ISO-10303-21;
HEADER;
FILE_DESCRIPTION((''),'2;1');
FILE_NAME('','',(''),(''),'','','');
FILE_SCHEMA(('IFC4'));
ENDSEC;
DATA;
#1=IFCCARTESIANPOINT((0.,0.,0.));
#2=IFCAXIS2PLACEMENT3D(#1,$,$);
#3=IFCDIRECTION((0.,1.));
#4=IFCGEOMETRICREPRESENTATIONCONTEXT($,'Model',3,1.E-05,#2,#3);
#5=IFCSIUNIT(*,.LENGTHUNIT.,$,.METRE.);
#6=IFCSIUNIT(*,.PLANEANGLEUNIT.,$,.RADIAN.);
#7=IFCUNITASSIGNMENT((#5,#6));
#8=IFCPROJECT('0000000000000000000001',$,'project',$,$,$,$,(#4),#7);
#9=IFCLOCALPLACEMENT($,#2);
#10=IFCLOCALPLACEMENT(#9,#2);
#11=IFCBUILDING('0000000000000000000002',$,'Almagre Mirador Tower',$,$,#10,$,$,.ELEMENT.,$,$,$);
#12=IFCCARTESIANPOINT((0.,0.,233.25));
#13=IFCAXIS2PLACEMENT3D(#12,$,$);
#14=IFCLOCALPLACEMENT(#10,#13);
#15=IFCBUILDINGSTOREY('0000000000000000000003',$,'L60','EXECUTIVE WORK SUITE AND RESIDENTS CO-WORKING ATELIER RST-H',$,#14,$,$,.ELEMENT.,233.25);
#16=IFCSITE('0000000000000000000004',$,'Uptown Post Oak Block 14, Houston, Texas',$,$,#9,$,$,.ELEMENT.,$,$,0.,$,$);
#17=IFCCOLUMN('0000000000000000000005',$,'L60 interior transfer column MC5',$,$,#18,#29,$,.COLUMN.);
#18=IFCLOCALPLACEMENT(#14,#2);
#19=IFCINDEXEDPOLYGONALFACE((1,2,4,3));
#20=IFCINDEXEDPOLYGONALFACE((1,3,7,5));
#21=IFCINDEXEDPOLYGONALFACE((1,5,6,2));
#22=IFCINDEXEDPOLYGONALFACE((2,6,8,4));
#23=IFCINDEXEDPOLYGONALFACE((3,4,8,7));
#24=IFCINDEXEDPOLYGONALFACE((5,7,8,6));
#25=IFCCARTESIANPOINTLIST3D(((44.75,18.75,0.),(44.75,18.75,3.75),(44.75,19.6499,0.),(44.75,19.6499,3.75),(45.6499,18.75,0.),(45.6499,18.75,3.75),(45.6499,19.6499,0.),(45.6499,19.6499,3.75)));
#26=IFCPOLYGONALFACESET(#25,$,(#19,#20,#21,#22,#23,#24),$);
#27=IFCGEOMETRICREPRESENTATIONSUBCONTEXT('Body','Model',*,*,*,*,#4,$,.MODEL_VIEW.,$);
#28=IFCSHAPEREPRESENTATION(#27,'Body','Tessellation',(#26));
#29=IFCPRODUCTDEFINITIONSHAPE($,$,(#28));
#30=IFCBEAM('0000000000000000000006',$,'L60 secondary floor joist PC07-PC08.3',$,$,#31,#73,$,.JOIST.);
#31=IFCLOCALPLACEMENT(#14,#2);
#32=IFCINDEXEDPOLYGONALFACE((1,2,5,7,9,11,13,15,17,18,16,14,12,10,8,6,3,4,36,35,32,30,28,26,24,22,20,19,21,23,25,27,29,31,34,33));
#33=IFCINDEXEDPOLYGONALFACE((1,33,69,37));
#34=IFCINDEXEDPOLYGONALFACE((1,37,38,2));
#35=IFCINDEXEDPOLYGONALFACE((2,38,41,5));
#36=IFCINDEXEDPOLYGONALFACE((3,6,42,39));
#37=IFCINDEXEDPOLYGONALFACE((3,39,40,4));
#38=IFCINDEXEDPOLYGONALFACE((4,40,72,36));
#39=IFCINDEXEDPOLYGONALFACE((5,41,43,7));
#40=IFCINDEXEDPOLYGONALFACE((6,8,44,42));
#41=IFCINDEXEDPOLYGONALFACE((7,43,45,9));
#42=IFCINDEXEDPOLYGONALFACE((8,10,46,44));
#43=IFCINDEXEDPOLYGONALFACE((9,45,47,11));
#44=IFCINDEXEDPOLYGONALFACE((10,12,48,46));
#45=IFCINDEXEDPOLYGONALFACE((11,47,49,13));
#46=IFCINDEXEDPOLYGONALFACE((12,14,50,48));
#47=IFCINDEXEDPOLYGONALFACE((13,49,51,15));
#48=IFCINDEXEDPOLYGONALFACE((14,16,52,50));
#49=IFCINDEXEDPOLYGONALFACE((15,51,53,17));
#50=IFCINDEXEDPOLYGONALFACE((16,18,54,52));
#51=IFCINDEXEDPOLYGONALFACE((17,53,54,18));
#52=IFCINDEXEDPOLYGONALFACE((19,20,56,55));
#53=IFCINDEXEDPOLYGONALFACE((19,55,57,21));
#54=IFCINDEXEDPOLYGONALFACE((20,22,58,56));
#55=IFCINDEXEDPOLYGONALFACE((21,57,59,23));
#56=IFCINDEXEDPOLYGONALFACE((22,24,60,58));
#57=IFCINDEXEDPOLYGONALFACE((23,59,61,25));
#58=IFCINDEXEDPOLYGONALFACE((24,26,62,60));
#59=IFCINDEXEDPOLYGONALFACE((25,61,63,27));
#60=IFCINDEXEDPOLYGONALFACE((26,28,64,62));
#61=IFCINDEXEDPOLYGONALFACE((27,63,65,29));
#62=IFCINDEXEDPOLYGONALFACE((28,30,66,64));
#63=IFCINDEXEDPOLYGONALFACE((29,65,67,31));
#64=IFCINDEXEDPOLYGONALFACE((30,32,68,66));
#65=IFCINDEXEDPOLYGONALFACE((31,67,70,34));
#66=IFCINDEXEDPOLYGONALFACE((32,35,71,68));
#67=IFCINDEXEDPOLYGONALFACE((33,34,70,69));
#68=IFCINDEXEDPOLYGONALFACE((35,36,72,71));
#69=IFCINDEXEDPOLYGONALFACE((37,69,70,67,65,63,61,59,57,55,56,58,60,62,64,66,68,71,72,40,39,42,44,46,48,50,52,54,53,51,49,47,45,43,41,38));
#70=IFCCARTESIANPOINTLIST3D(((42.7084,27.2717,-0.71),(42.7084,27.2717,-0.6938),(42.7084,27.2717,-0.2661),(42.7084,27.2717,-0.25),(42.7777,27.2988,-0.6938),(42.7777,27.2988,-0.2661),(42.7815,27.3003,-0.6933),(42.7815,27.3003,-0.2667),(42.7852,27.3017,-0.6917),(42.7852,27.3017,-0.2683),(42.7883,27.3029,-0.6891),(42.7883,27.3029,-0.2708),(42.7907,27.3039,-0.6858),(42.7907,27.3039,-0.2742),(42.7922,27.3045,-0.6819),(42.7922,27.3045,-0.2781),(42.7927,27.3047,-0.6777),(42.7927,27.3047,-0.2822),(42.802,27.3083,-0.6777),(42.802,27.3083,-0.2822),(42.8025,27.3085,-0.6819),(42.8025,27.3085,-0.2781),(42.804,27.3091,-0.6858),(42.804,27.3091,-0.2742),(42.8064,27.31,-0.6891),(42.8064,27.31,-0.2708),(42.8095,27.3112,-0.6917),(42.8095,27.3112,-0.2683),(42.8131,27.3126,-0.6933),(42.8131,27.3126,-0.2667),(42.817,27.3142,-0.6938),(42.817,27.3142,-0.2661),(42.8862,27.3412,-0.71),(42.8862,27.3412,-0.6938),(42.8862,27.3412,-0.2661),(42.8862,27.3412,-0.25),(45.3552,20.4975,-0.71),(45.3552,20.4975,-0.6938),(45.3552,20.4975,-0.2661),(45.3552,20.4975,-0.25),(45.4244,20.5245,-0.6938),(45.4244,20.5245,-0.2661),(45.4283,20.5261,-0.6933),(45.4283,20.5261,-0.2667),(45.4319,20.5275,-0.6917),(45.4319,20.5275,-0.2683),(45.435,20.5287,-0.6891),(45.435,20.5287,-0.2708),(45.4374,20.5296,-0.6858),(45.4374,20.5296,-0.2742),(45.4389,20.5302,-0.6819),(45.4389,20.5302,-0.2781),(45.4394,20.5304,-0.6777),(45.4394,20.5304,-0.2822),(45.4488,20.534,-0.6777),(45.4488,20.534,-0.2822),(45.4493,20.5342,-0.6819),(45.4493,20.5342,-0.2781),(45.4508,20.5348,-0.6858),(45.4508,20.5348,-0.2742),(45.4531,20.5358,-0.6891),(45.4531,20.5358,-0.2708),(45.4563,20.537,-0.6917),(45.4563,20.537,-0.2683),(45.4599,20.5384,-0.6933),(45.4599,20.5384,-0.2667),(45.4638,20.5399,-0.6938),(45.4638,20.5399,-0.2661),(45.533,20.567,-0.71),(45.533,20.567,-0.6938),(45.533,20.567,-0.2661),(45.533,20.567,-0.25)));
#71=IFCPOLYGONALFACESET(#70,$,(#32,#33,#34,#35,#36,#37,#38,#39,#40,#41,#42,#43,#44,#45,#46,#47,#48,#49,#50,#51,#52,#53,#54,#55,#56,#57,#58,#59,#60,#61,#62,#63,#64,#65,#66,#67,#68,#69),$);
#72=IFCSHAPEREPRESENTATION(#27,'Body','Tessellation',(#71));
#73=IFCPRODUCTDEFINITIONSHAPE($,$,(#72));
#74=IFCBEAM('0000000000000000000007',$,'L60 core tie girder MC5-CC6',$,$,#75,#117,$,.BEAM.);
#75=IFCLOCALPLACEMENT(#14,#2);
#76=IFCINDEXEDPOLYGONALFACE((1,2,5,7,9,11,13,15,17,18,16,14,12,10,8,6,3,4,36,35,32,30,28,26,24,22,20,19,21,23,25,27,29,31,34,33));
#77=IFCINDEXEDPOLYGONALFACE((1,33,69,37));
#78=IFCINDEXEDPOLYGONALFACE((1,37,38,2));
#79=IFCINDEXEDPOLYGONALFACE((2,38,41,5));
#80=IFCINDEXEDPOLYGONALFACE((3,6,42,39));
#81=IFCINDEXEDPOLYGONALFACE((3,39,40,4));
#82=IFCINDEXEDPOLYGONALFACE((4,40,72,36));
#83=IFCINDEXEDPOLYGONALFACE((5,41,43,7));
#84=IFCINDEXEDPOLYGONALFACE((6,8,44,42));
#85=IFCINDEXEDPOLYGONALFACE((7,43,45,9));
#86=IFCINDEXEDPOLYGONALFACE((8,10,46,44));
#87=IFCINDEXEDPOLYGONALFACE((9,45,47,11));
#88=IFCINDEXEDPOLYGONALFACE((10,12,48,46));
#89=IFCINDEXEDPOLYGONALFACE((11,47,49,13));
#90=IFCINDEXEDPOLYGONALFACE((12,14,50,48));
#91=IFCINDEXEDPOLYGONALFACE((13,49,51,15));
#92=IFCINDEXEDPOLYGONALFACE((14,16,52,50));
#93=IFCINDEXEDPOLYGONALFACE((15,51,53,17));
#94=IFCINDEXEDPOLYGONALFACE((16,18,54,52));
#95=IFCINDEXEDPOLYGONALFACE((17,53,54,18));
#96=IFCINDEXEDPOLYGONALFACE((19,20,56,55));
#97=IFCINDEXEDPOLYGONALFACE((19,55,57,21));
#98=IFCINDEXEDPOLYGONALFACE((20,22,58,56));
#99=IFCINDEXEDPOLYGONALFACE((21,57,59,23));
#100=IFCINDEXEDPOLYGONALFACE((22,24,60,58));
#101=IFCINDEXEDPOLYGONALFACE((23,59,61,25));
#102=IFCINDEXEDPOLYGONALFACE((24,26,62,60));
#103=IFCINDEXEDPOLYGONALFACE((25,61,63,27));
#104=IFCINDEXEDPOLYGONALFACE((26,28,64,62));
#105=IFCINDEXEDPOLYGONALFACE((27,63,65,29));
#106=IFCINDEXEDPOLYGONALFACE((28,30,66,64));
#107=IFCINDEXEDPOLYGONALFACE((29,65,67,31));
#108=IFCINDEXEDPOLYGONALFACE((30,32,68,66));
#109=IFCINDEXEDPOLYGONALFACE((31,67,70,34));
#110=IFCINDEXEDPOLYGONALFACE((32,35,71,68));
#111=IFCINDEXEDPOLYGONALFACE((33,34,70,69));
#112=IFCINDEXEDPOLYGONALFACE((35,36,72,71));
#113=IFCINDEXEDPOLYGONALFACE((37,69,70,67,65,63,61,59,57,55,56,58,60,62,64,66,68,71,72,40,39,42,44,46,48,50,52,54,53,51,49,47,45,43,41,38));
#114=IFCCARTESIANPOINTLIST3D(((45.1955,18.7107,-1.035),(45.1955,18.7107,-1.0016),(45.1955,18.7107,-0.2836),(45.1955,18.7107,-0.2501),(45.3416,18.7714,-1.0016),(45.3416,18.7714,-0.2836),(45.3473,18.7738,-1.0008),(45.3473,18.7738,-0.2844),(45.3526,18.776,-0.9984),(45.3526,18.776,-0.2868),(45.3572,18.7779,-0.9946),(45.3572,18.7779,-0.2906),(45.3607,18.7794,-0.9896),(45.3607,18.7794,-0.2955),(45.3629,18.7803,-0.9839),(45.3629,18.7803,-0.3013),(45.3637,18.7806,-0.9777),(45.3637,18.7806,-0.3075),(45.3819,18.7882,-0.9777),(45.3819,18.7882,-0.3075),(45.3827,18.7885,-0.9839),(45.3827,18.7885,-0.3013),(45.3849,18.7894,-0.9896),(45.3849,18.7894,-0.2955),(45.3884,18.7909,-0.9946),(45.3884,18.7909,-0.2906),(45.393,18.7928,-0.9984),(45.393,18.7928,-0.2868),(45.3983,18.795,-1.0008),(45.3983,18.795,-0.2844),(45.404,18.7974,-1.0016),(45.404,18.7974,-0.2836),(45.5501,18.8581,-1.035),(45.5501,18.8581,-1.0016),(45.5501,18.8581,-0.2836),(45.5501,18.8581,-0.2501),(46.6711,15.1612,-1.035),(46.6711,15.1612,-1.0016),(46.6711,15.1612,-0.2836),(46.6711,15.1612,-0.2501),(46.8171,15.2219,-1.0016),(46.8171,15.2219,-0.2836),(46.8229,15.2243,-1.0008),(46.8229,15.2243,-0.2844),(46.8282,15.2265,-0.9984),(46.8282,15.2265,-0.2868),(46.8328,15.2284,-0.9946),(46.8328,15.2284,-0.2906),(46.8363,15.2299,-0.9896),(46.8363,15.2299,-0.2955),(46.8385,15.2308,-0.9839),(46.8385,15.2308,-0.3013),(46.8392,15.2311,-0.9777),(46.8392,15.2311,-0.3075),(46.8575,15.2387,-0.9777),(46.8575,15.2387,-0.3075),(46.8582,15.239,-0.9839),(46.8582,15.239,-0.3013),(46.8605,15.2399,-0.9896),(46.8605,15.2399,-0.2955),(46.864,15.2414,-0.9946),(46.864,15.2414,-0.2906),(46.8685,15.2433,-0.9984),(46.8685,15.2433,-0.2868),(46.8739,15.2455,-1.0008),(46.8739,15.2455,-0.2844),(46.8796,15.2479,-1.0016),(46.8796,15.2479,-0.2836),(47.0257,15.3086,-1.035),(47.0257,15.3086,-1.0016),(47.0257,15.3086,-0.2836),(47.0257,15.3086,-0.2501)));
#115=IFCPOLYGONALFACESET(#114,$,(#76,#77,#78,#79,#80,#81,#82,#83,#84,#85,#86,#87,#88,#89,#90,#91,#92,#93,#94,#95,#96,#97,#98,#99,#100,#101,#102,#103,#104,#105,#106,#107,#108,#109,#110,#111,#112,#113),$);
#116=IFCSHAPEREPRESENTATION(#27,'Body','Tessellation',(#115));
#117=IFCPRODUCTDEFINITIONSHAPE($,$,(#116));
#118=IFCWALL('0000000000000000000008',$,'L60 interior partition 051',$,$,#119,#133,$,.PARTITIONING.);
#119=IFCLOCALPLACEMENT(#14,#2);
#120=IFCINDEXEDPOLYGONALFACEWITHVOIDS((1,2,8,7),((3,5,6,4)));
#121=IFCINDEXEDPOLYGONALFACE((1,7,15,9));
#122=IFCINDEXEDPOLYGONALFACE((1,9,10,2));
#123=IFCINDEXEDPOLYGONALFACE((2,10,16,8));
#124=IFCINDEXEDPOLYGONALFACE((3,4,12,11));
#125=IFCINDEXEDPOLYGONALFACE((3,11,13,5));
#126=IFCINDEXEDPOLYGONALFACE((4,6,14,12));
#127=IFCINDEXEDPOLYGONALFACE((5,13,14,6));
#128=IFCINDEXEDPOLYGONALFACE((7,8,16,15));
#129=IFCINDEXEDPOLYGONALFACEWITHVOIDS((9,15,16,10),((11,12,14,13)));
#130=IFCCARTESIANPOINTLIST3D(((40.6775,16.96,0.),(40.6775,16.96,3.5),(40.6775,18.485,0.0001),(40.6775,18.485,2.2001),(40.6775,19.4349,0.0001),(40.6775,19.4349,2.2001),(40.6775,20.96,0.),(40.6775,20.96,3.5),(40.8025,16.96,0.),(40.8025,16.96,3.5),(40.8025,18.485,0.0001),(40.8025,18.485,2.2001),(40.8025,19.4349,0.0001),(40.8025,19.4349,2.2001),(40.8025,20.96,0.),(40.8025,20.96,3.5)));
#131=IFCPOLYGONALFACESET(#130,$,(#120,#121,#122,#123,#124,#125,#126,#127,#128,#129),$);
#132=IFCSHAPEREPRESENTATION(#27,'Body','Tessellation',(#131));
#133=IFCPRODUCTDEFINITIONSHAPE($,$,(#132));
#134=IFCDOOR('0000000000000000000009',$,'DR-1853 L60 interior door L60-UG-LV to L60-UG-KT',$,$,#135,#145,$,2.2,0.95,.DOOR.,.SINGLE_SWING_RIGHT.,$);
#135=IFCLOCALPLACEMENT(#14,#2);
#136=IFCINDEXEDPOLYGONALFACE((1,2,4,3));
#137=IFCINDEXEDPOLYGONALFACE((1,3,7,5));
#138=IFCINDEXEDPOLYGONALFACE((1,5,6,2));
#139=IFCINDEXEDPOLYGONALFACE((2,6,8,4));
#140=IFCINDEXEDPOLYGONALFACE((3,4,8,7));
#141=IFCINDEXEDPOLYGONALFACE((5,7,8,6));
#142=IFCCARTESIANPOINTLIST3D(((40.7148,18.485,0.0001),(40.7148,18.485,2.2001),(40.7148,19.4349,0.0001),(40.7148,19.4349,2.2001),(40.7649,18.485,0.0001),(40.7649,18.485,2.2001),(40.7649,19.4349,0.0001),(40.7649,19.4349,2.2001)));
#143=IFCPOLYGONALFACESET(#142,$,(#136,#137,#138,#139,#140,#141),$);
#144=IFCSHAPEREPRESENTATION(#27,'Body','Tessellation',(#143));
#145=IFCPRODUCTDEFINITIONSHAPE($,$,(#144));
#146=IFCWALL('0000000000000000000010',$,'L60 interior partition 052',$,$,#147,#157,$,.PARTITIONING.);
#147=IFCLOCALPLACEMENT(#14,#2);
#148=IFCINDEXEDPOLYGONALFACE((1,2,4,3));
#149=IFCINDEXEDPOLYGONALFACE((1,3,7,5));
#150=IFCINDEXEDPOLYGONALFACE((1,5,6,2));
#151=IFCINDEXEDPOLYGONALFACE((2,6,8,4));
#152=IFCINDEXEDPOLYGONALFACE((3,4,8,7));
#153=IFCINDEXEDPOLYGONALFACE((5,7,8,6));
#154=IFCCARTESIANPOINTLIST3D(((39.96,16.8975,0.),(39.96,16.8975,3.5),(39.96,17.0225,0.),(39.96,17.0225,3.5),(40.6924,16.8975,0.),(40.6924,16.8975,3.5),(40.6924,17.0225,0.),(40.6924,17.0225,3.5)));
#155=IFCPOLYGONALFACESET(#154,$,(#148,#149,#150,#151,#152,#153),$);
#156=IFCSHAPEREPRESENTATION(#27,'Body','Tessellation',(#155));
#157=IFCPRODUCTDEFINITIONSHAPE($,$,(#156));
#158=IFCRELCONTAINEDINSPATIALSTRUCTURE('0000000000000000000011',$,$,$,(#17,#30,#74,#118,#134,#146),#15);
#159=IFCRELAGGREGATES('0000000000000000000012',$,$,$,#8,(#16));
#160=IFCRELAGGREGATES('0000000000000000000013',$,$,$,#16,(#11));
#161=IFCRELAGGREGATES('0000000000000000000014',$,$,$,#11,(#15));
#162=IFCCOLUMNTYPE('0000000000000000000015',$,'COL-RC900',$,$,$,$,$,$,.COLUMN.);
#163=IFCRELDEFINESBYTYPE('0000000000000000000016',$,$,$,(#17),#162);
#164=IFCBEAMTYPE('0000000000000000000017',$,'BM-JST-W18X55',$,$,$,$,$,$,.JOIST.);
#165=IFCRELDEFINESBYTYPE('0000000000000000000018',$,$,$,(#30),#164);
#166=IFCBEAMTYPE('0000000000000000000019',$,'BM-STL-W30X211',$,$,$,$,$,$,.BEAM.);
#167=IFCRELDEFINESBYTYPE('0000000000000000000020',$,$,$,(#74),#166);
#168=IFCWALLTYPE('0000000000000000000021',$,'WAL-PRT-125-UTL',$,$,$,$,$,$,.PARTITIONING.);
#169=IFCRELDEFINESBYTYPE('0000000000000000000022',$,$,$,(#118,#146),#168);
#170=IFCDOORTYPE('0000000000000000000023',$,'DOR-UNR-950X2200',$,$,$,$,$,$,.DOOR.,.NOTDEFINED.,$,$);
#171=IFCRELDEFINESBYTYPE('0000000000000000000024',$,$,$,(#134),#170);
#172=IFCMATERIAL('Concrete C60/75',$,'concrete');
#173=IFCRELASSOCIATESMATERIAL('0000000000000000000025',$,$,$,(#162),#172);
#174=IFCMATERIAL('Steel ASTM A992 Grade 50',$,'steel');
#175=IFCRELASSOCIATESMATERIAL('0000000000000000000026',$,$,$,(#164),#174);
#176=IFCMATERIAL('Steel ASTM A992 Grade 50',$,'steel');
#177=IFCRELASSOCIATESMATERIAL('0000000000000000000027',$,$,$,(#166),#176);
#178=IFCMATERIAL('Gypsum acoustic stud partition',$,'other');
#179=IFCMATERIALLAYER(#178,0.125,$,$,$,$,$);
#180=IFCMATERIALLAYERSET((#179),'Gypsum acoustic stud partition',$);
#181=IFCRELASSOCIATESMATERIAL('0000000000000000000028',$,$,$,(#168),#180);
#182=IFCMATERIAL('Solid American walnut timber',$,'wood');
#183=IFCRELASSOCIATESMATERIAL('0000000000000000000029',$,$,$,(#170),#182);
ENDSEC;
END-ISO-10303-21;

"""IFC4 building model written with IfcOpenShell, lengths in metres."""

from ifc_helpers import new_model, si_unit, direction, frame, frame_2d, origin, origin_2d, place, context, subcontext, project, spatial, rectangle, i_section, extrude, material, layer, layer_set, material_profile, profile_set, type_object, element, fill, save


model = new_model("IFC4")

# Units and contexts
model_context = context("Model", 3, precision=1e-05, world=origin(), true_north=direction((0.0, 1.0)))
body_context = subcontext(model_context, "Body", "Model", "MODEL_VIEW")
ifc_project = project(units=[si_unit("LENGTHUNIT", "METRE"), si_unit("PLANEANGLEUNIT", "RADIAN")], contexts=[model_context])

# Site, building, storey
site_placement = place(None, origin())
site = spatial("IfcSite", under=ifc_project, at=site_placement, Name="Uptown Post Oak Block 14, Houston, Texas", CompositionType="ELEMENT", RefElevation=0.0)
building_placement = place(site_placement, origin())
building = spatial("IfcBuilding", under=site, at=building_placement, Name="Almagre Mirador Tower", CompositionType="ELEMENT")
storey_placement = place(building_placement, frame((0.0, 0.0, 233.25)))
storey = spatial("IfcBuildingStorey", under=building, at=storey_placement, Name="L60", Description="EXECUTIVE WORK SUITE AND RESIDENTS CO-WORKING ATELIER RST-H", CompositionType="ELEMENT", Elevation=233.25)

# Column
ifc_material_1 = material(Name="Concrete C60/75", Category="concrete")
ifc_material_profile_1 = material_profile(ifc_material_1, rectangle(XDim=0.8999, YDim=0.8999, at=origin_2d()), Name="RC900X900")
ifc_profile_set_1 = profile_set([ifc_material_profile_1], Name="Concrete C60/75")
column_type = type_object("IfcColumnType", Name="COL-RC900", PredefinedType="COLUMN", material=ifc_profile_set_1)
column_placement = place(storey_placement, frame((45.2, 19.2, 0.0), z_axis=(0.0, 0.0, 1.0), x_axis=(1.0, 0.0, 0.0)))
element("IfcColumn", 1, at=column_placement, inside=storey, type_object=column_type, Name="L60 interior transfer column MC5", PredefinedType="COLUMN", context=body_context, shape_type="SweptSolid", body=[
    extrude(rectangle(XDim=0.8999, YDim=0.8999, at=origin_2d()), origin(), (0.0, 0.0, 1.0), 3.75),
])

# Beams
ifc_material_2 = material(Name="Steel ASTM A992 Grade 50", Category="steel")
ifc_material_profile_2 = material_profile(ifc_material_2, i_section(OverallWidth=0.1909, OverallDepth=0.46, WebThickness=0.01, FlangeThickness=0.0161, FilletRadius=0.0161, at=origin_2d()), Name="W18X55")
ifc_profile_set_2 = profile_set([ifc_material_profile_2], Name="Steel ASTM A992 Grade 50")
beam_type_1 = type_object("IfcBeamType", Name="BM-JST-W18X55", PredefinedType="JOIST", material=ifc_profile_set_2)
beam_1_placement = place(storey_placement, frame((45.4441, 20.5322, -0.48), z_axis=(-0.363918, 0.931431, 0.0), x_axis=(-0.931431, -0.363918, 0.0)))
element("IfcBeam", 2, at=beam_1_placement, inside=storey, type_object=beam_type_1, Name="L60 secondary floor joist PC07-PC08.3", PredefinedType="JOIST", context=body_context, shape_type="SweptSolid", body=[
    extrude(i_section(OverallWidth=0.1909, OverallDepth=0.46, WebThickness=0.01, FlangeThickness=0.0161, FilletRadius=0.0161, at=origin_2d()), origin(), (0.0, 0.0, 1.0), 7.2729),
])
ifc_material_3 = material(Name="Steel ASTM A992 Grade 50", Category="steel")
ifc_material_profile_3 = material_profile(ifc_material_3, i_section(OverallWidth=0.384, OverallDepth=0.7849, WebThickness=0.0198, FlangeThickness=0.0334, FilletRadius=0.0239, at=origin_2d()), Name="W30X211")
ifc_profile_set_3 = profile_set([ifc_material_profile_3], Name="Steel ASTM A992 Grade 50")
beam_type_2 = type_object("IfcBeamType", Name="BM-STL-W30X211", PredefinedType="BEAM", material=ifc_profile_set_3)
beam_2_placement = place(storey_placement, frame((45.3728, 18.7844, -0.6426), z_axis=(0.383862, -0.92339, 0.0), x_axis=(0.92339, 0.383862, 0.0)))
element("IfcBeam", 3, at=beam_2_placement, inside=storey, type_object=beam_type_2, Name="L60 core tie girder MC5-CC6", PredefinedType="BEAM", context=body_context, shape_type="SweptSolid", body=[
    extrude(i_section(OverallWidth=0.384, OverallDepth=0.7849, WebThickness=0.0198, FlangeThickness=0.0334, FilletRadius=0.0239, at=origin_2d()), origin(), (0.0, 0.0, 1.0), 3.844),
])

# Wall, opening, door
ifc_material_4 = material(Name="Gypsum acoustic stud partition", Category="other")
ifc_layer_1 = layer(ifc_material_4, 0.125)
ifc_layer_set_1 = layer_set([ifc_layer_1], Name="Gypsum acoustic stud partition")
wall_type_1 = type_object("IfcWallType", Name="WAL-PRT-125-UTL", PredefinedType="PARTITIONING", material=ifc_layer_set_1)
wall_1_placement = place(storey_placement, frame((40.74, 20.96, 0.0), z_axis=(0.0, 0.0, 1.0), x_axis=(0.0, -1.0, 0.0)))
wall_1 = element("IfcWall", 4, at=wall_1_placement, inside=storey, type_object=wall_type_1, Name="L60 interior partition 051", PredefinedType="PARTITIONING", context=body_context, shape_type="SweptSolid", body=[
    extrude(rectangle(XDim=4.0, YDim=0.125, at=frame_2d((2.0, 0.0))), origin(), (0.0, 0.0, 1.0), 3.5),
])
opening_1_placement = place(wall_1_placement, frame((1.5249, 0.0, 0.0)))
opening_1 = element("IfcOpeningElement", 5, at=opening_1_placement, cuts=wall_1, PredefinedType="OPENING", context=body_context, shape_type="SweptSolid", body=[
    extrude(rectangle(XDim=0.95, YDim=2.2, at=frame_2d((0.4751, 1.1001))), frame((0.0, 0.0725, 0.0), z_axis=(0.0, -1.0, 0.0), x_axis=(1.0, 0.0, 0.0)), (0.0, 0.0, 1.0), 0.145),
])
ifc_material_5 = material(Name="Solid American walnut timber", Category="wood")
door_type_1 = type_object("IfcDoorType", Name="DOR-UNR-950X2200", OperationType="NOTDEFINED", PredefinedType="DOOR", material=ifc_material_5)
door_1_placement = place(opening_1_placement, origin())
door_1 = element("IfcDoor", 6, at=door_1_placement, inside=storey, type_object=door_type_1, Name="DR-1853 L60 interior door L60-UG-LV to L60-UG-KT", OperationType="SINGLE_SWING_RIGHT", OverallHeight=2.2, OverallWidth=0.95, PredefinedType="DOOR", context=body_context, shape_type="SweptSolid", body=[
    extrude(rectangle(XDim=0.95, YDim=2.2, at=frame_2d((0.4751, 1.1001))), frame((0.0, 0.0249, 0.0), z_axis=(0.0, -1.0, 0.0), x_axis=(1.0, 0.0, 0.0)), (0.0, 0.0, 1.0), 0.05),
])
fill(opening_1, door_1)

# Wall
wall_2_placement = place(storey_placement, frame((40.6924, 16.96, 0.0), z_axis=(0.0, 0.0, 1.0), x_axis=(-1.0, 0.0, 0.0)))
element("IfcWall", 7, at=wall_2_placement, inside=storey, type_object=wall_type_1, Name="L60 interior partition 052", PredefinedType="PARTITIONING", context=body_context, shape_type="SweptSolid", body=[
    extrude(rectangle(XDim=0.7324, YDim=0.125, at=frame_2d((0.3662, 0.0))), origin(), (0.0, 0.0, 1.0), 3.5),
])

save(model, "model.ifc")
